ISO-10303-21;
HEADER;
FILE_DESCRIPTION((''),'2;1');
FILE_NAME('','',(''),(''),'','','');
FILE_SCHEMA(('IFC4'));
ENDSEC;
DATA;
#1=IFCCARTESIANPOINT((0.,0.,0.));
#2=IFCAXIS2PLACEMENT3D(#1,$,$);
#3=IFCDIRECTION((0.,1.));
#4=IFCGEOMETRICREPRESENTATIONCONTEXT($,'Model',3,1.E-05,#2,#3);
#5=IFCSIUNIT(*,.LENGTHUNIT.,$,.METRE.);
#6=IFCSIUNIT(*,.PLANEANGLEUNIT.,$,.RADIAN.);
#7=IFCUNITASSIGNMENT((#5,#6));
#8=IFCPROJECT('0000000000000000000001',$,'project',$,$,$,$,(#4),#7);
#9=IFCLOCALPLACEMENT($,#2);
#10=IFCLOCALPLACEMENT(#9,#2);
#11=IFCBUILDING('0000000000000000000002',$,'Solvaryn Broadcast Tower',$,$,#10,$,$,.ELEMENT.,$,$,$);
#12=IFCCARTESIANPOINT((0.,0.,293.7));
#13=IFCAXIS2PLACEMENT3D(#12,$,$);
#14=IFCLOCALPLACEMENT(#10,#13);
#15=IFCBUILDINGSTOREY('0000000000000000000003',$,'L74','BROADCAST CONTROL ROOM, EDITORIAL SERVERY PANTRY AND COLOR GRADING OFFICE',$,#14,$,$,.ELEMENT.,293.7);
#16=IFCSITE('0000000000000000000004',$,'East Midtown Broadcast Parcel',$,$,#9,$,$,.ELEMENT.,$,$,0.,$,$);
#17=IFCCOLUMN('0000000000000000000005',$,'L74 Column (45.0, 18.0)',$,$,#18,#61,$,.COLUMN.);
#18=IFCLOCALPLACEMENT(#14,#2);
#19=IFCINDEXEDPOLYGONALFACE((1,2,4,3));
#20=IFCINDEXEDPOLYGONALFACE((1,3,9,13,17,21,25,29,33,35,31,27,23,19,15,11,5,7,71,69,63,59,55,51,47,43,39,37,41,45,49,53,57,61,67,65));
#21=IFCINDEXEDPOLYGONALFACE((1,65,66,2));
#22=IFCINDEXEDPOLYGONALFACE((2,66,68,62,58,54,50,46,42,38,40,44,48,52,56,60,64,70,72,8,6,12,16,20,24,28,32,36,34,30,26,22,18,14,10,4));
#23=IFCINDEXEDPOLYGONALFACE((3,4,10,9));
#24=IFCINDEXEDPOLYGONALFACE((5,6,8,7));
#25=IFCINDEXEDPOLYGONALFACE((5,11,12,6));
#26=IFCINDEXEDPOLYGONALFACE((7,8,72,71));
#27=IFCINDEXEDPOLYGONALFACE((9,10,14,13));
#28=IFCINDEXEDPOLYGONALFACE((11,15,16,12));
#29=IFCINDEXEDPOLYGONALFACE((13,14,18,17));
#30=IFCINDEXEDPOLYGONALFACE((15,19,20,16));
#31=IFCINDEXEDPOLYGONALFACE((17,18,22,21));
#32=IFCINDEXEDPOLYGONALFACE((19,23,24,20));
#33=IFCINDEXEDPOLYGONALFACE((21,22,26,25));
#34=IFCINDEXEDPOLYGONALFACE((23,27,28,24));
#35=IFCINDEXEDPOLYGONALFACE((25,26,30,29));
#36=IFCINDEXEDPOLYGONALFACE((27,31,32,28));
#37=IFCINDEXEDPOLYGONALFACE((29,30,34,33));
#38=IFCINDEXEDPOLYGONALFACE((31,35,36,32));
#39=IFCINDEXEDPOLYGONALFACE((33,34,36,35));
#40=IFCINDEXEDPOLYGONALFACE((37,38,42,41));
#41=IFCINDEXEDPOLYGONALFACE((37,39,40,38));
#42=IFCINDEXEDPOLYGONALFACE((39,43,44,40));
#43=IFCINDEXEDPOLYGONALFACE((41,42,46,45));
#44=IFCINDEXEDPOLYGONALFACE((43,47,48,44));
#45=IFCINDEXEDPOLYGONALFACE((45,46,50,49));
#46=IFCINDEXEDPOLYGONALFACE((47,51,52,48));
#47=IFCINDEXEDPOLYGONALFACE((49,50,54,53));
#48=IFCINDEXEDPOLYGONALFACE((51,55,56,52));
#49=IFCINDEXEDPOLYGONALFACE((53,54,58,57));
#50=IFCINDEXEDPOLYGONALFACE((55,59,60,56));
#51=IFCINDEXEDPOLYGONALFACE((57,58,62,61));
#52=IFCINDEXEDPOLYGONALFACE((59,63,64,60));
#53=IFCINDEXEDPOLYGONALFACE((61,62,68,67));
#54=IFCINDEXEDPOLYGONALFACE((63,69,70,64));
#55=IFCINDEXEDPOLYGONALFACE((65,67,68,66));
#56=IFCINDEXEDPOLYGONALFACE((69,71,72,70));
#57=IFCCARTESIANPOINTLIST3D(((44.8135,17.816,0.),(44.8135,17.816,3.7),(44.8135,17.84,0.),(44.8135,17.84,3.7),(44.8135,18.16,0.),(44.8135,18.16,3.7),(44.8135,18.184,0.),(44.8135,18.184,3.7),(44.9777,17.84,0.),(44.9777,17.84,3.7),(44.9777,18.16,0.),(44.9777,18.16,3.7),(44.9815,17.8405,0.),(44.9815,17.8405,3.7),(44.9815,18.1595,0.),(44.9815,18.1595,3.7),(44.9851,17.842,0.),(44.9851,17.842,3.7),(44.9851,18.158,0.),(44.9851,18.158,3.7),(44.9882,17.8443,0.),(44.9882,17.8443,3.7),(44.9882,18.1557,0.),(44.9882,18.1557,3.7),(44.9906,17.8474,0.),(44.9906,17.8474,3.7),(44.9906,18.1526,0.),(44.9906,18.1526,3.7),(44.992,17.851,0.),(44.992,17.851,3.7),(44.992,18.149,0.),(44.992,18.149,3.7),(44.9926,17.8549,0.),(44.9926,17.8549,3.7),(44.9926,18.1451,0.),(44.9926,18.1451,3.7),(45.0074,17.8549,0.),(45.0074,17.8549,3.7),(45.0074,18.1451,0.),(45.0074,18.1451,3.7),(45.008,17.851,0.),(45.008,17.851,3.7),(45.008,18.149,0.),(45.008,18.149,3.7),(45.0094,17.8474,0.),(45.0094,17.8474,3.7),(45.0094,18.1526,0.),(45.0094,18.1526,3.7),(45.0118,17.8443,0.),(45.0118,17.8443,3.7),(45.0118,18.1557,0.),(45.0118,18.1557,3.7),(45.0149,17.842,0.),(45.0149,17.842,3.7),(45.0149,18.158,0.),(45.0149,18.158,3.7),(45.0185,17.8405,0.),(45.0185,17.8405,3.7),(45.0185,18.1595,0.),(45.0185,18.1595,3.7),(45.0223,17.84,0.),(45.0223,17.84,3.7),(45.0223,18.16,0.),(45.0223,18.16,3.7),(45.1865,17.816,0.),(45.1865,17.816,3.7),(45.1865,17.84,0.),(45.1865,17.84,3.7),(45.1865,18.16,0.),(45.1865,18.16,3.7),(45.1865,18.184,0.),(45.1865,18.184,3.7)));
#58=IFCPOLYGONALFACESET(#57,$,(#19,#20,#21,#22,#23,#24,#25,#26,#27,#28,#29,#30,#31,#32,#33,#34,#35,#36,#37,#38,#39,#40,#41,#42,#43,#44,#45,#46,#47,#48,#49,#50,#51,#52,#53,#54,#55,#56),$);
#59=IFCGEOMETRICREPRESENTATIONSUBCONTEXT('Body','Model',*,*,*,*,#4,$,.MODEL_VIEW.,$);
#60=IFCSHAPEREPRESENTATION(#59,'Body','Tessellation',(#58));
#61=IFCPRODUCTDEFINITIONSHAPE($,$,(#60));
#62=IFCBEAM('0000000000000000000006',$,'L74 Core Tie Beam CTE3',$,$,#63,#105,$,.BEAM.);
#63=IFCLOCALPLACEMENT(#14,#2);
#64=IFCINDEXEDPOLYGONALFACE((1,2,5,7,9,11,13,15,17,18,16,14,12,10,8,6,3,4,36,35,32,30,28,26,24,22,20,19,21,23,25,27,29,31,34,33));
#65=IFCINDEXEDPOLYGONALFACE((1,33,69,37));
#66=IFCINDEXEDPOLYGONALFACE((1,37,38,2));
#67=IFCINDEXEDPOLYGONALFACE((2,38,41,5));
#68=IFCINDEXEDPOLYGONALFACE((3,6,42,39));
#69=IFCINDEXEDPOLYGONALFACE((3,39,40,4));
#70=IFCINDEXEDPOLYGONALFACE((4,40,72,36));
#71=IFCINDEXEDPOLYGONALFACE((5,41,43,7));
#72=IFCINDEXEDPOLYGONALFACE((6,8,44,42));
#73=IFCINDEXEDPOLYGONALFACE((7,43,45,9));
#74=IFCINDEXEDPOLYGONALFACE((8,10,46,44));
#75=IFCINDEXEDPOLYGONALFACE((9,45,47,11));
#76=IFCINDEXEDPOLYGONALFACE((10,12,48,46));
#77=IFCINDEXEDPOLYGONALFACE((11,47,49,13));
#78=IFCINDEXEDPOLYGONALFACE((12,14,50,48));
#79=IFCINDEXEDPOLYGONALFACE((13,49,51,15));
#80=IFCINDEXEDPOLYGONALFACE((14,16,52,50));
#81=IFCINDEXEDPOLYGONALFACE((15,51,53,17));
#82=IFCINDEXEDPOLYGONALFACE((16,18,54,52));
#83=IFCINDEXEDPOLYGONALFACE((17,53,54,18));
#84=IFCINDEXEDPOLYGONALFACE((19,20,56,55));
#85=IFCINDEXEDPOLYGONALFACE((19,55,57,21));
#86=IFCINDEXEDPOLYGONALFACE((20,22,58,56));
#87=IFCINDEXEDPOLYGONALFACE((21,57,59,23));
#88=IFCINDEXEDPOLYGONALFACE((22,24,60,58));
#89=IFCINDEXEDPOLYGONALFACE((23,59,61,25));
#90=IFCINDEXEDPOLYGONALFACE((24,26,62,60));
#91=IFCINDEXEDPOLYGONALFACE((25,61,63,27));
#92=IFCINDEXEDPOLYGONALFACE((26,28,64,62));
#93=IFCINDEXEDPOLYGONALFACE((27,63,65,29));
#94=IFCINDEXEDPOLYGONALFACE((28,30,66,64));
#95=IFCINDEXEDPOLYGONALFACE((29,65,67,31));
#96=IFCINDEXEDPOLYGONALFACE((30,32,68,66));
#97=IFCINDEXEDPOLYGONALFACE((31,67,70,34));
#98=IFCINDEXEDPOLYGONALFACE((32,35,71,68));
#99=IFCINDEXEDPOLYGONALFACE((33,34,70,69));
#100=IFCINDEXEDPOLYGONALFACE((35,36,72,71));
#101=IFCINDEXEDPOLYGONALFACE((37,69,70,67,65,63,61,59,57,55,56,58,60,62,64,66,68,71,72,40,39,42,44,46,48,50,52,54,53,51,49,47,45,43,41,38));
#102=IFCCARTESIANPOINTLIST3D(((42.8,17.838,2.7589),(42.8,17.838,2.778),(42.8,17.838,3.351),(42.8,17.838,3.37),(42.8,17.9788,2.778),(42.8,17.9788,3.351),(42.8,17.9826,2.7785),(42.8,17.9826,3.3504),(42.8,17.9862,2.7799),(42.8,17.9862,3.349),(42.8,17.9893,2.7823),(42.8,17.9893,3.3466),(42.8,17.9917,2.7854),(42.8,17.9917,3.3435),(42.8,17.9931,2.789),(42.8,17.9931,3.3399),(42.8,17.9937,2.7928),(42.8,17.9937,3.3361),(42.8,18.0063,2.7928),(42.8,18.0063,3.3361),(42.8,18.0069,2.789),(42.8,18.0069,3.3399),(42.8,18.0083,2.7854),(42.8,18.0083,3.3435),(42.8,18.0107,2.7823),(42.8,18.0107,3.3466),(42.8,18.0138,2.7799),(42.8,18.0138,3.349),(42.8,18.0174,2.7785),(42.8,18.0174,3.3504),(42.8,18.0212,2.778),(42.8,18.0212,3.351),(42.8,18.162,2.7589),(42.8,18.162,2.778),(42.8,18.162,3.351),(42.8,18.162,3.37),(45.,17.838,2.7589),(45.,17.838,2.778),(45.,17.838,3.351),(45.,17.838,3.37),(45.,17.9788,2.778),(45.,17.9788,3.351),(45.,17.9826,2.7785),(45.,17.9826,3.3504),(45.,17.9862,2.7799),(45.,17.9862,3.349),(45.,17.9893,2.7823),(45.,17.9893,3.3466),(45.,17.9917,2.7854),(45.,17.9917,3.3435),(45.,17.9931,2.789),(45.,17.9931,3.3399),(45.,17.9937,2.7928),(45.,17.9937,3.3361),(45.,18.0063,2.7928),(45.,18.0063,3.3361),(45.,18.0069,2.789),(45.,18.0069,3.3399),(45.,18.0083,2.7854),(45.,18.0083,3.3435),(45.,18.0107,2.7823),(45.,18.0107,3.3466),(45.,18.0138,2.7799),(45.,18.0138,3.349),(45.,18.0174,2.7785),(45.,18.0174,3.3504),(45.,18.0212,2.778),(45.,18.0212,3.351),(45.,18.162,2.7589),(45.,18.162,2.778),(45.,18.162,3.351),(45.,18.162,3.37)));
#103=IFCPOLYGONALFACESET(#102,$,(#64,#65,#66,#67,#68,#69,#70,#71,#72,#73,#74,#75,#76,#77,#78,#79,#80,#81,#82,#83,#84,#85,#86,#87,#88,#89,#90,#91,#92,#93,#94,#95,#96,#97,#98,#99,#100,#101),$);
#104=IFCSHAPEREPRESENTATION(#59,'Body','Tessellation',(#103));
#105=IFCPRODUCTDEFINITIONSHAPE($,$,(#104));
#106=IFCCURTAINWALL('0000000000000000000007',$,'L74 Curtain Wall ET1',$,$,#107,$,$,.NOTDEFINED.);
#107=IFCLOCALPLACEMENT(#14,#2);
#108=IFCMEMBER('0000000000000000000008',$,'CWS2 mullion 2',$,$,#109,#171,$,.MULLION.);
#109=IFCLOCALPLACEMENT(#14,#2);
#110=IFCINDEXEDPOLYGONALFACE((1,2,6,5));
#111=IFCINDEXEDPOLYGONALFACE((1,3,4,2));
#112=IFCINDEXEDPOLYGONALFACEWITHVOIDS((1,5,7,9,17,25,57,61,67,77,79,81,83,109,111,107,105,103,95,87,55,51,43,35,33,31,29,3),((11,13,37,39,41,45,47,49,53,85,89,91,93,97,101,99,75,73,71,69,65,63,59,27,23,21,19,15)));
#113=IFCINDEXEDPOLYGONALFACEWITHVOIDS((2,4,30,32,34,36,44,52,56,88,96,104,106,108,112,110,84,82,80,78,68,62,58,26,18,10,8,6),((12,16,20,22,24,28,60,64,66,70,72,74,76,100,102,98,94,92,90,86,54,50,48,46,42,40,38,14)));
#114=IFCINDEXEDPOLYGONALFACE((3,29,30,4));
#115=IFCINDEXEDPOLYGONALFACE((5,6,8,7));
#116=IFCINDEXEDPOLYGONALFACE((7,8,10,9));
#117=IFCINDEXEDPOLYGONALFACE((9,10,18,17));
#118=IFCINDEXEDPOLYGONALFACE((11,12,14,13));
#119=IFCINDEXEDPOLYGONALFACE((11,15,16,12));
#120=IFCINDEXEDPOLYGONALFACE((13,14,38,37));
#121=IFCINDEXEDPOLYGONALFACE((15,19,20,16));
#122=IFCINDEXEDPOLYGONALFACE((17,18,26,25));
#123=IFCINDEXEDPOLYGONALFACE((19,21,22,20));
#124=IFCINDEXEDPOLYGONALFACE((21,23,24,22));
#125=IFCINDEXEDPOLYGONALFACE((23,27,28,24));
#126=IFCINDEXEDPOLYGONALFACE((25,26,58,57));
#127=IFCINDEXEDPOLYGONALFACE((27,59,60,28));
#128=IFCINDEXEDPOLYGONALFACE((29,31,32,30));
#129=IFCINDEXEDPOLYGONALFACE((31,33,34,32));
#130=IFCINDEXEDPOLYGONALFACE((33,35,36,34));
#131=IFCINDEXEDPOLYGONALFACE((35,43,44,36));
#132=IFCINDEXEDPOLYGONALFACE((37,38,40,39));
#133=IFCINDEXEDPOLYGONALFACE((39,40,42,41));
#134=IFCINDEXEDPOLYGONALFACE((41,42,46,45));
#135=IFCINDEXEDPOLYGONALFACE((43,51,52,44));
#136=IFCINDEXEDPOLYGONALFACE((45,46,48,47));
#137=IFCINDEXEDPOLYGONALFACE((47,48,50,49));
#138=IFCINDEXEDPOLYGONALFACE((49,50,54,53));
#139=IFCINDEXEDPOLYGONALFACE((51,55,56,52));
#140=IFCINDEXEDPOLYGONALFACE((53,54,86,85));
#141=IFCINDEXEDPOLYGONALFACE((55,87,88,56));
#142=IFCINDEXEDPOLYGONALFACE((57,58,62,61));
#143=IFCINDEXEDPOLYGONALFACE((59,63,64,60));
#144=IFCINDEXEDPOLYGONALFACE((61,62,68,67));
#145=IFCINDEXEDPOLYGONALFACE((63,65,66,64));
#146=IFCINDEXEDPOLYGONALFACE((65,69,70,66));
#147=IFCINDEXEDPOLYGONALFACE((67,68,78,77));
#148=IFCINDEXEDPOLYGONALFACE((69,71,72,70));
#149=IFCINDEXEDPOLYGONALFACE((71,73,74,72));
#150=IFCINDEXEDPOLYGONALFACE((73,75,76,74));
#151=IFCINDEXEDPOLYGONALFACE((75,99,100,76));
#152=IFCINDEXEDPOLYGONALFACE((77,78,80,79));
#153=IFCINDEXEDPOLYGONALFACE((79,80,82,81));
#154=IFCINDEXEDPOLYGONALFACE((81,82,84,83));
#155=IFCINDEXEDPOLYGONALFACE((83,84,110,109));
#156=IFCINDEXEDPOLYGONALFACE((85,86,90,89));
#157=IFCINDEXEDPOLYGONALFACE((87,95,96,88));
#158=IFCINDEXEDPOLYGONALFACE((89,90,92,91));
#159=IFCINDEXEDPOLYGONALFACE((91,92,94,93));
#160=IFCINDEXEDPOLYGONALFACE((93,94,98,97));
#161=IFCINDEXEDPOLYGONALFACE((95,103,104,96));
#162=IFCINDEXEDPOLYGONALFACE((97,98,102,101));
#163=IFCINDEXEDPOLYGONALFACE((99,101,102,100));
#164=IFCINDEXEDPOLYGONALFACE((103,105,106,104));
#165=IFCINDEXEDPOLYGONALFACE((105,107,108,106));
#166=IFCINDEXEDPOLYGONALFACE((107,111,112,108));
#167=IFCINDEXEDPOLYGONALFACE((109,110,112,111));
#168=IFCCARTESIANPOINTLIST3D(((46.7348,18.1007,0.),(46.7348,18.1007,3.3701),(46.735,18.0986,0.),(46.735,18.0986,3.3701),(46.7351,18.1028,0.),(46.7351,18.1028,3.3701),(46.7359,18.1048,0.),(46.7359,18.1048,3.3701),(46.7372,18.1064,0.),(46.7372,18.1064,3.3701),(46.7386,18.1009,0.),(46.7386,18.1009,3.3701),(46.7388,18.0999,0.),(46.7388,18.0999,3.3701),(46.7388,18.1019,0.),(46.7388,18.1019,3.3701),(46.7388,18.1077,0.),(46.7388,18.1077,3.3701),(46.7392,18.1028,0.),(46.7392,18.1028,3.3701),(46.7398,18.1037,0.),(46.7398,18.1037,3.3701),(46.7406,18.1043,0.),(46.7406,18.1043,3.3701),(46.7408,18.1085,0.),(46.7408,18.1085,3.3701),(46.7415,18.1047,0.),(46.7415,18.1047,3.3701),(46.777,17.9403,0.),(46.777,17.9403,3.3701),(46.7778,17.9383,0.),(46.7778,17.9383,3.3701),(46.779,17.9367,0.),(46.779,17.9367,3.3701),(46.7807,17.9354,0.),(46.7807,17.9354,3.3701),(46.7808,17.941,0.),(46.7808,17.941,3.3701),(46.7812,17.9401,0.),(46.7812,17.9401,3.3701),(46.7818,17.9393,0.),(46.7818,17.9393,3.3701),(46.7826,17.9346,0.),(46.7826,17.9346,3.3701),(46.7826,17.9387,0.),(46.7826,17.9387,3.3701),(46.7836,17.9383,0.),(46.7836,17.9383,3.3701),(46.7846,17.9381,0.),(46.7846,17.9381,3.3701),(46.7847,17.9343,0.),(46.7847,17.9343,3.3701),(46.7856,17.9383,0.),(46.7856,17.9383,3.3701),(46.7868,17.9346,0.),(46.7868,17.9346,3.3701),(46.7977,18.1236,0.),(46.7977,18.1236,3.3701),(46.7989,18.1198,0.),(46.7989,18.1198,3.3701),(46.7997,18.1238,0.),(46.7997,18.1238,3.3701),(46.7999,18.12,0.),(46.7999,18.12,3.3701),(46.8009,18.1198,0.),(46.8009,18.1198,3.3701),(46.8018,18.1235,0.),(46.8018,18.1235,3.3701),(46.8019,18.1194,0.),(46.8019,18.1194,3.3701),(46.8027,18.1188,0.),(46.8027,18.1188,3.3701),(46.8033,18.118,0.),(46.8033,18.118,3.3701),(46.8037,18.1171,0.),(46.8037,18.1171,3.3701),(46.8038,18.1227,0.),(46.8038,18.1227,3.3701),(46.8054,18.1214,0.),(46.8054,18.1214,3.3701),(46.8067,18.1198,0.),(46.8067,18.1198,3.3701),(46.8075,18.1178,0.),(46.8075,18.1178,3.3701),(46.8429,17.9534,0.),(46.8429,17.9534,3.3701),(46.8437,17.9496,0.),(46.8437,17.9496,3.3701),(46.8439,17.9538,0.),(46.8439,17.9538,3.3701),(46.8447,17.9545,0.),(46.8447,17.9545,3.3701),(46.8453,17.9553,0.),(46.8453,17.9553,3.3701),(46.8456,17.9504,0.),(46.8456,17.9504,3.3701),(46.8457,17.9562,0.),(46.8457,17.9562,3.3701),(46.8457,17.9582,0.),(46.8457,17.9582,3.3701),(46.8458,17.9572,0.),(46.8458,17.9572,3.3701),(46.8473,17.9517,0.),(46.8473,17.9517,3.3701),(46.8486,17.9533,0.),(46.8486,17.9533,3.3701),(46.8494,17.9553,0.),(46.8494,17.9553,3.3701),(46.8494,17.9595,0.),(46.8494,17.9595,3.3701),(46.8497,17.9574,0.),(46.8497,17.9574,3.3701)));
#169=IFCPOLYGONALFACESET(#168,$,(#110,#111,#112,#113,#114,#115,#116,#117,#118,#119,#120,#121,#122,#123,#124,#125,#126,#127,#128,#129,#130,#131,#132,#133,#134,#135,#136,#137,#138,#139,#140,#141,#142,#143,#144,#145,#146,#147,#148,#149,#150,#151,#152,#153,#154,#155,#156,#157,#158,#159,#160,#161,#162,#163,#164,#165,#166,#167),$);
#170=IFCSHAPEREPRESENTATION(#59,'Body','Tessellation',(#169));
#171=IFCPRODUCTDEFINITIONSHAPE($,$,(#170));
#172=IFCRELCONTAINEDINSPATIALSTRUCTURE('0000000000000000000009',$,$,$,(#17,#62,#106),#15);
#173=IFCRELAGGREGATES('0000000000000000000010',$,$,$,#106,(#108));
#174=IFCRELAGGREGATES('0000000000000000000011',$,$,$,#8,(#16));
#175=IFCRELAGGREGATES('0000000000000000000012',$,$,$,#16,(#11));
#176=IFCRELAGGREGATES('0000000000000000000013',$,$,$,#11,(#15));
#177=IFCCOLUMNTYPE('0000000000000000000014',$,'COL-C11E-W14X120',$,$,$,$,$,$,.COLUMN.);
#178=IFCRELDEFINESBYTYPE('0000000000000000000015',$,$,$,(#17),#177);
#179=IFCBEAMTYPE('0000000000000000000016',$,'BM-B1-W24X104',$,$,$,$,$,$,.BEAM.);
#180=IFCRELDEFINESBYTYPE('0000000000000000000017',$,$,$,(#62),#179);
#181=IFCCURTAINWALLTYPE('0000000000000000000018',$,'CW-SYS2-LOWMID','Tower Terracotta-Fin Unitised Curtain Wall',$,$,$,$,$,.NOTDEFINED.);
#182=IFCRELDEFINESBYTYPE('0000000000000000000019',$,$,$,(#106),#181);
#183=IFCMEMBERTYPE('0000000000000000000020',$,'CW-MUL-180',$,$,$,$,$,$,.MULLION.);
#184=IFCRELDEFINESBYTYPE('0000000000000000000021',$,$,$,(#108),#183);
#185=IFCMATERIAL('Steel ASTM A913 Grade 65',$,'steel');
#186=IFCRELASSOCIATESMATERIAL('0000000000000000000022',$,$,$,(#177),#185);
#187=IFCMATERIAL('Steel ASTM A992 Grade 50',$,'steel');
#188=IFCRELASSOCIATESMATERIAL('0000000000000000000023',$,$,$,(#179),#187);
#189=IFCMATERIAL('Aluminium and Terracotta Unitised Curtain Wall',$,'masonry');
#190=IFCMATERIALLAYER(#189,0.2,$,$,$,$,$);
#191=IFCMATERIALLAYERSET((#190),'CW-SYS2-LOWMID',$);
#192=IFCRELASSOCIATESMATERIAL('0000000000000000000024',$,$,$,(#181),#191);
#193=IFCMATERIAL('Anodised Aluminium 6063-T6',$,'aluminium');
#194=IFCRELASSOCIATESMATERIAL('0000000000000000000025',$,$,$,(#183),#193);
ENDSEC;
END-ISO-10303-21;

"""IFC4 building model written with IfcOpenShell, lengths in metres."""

from ifc_helpers import new_model, si_unit, direction, frame, origin, origin_2d, place, context, subcontext, project, spatial, hollow_rectangle, i_section, extrude, material, layer, layer_set, material_profile, profile_set, type_object, element, aggregate, save


model = new_model("IFC4")

# Units and contexts
model_context = context("Model", 3, precision=1e-05, world=origin(), true_north=direction((0.0, 1.0)))
body_context = subcontext(model_context, "Body", "Model", "MODEL_VIEW")
ifc_project = project(units=[si_unit("LENGTHUNIT", "METRE"), si_unit("PLANEANGLEUNIT", "RADIAN")], contexts=[model_context])

# Site, building, storey
site_placement = place(None, origin())
site = spatial("IfcSite", under=ifc_project, at=site_placement, Name="East Midtown Broadcast Parcel", CompositionType="ELEMENT", RefElevation=0.0)
building_placement = place(site_placement, origin())
building = spatial("IfcBuilding", under=site, at=building_placement, Name="Solvaryn Broadcast Tower", CompositionType="ELEMENT")
storey_placement = place(building_placement, frame((0.0, 0.0, 293.7)))
storey = spatial("IfcBuildingStorey", under=building, at=storey_placement, Name="L74", Description="BROADCAST CONTROL ROOM, EDITORIAL SERVERY PANTRY AND COLOR GRADING OFFICE", CompositionType="ELEMENT", Elevation=293.7)

# Column
ifc_material_1 = material(Name="Steel ASTM A913 Grade 65", Category="steel")
ifc_material_profile_1 = material_profile(ifc_material_1, i_section(OverallWidth=0.373, OverallDepth=0.3679, WebThickness=0.0149, FlangeThickness=0.0239, FilletRadius=0.0149, at=origin_2d()))
ifc_profile_set_1 = profile_set([ifc_material_profile_1], Name="Steel ASTM A913 Grade 65")
column_type = type_object("IfcColumnType", Name="COL-C11E-W14X120", PredefinedType="COLUMN", material=ifc_profile_set_1)
column_placement = place(storey_placement, frame((45.0, 18.0, 0.0), z_axis=(0.0, 0.0, 1.0), x_axis=(1.0, 0.0, 0.0)))
element("IfcColumn", 1, at=column_placement, inside=storey, type_object=column_type, Name="L74 Column (45.0, 18.0)", PredefinedType="COLUMN", context=body_context, shape_type="SweptSolid", body=[
    extrude(i_section(OverallWidth=0.373, OverallDepth=0.3679, WebThickness=0.0149, FlangeThickness=0.0239, FilletRadius=0.0149, at=origin_2d()), origin(), (0.0, 0.0, 1.0), 3.7),
])

# Beam
ifc_material_2 = material(Name="Steel ASTM A992 Grade 50", Category="steel")
ifc_material_profile_2 = material_profile(ifc_material_2, i_section(OverallWidth=0.324, OverallDepth=0.6111, WebThickness=0.0127, FlangeThickness=0.019, FilletRadius=0.0149, at=origin_2d()))
ifc_profile_set_2 = profile_set([ifc_material_profile_2], Name="Steel ASTM A992 Grade 50")
beam_type = type_object("IfcBeamType", Name="BM-B1-W24X104", PredefinedType="BEAM", material=ifc_profile_set_2)
beam_placement = place(storey_placement, frame((42.8, 18.0, 3.0645), z_axis=(1.0, 0.0, 0.0), x_axis=(0.0, 1.0, 0.0)))
element("IfcBeam", 2, at=beam_placement, inside=storey, type_object=beam_type, Name="L74 Core Tie Beam CTE3", PredefinedType="BEAM", context=body_context, shape_type="SweptSolid", body=[
    extrude(i_section(OverallWidth=0.324, OverallDepth=0.6111, WebThickness=0.0127, FlangeThickness=0.019, FilletRadius=0.0149, at=origin_2d()), origin(), (0.0, 0.0, 1.0), 2.2),
])

# Curtain wall, member
ifc_material_3 = material(Name="Aluminium and Terracotta Unitised Curtain Wall", Category="masonry")
ifc_layer_1 = layer(ifc_material_3, 0.2)
ifc_layer_set_1 = layer_set([ifc_layer_1], Name="CW-SYS2-LOWMID")
curtain_wall_type = type_object("IfcCurtainWallType", Name="CW-SYS2-LOWMID", Description="Tower Terracotta-Fin Unitised Curtain Wall", PredefinedType="NOTDEFINED", material=ifc_layer_set_1)
curtain_wall_1_placement = place(storey_placement, origin())
curtain_wall_1 = element("IfcCurtainWall", 3, at=curtain_wall_1_placement, inside=storey, type_object=curtain_wall_type, Name="L74 Curtain Wall ET1", PredefinedType="NOTDEFINED")
ifc_material_4 = material(Name="Anodised Aluminium 6063-T6", Category="aluminium")
ifc_material_profile_3 = material_profile(ifc_material_4, hollow_rectangle(XDim=0.075, YDim=0.1799, WallThickness=0.0039, InnerFilletRadius=0.0039, OuterFilletRadius=0.0081, at=origin_2d()))
ifc_profile_set_3 = profile_set([ifc_material_profile_3], Name="Anodised Aluminium 6063-T6")
member_type_1 = type_object("IfcMemberType", Name="CW-MUL-180", PredefinedType="MULLION", material=ifc_profile_set_3)
member_1_placement = place(storey_placement, frame((46.7922, 18.0291, 0.0), z_axis=(0.0, 0.0, 1.0), x_axis=(0.966705, 0.255893, 0.0)))
member_1 = element("IfcMember", 4, at=member_1_placement, type_object=member_type_1, Name="CWS2 mullion 2", PredefinedType="MULLION", context=body_context, shape_type="SweptSolid", body=[
    extrude(hollow_rectangle(XDim=0.075, YDim=0.1799, WallThickness=0.0039, InnerFilletRadius=0.0039, OuterFilletRadius=0.0081, at=origin_2d()), origin(), (0.0, 0.0, 1.0), 3.3701),
])

aggregate(curtain_wall_1, [member_1])

save(model, "model.ifc")
